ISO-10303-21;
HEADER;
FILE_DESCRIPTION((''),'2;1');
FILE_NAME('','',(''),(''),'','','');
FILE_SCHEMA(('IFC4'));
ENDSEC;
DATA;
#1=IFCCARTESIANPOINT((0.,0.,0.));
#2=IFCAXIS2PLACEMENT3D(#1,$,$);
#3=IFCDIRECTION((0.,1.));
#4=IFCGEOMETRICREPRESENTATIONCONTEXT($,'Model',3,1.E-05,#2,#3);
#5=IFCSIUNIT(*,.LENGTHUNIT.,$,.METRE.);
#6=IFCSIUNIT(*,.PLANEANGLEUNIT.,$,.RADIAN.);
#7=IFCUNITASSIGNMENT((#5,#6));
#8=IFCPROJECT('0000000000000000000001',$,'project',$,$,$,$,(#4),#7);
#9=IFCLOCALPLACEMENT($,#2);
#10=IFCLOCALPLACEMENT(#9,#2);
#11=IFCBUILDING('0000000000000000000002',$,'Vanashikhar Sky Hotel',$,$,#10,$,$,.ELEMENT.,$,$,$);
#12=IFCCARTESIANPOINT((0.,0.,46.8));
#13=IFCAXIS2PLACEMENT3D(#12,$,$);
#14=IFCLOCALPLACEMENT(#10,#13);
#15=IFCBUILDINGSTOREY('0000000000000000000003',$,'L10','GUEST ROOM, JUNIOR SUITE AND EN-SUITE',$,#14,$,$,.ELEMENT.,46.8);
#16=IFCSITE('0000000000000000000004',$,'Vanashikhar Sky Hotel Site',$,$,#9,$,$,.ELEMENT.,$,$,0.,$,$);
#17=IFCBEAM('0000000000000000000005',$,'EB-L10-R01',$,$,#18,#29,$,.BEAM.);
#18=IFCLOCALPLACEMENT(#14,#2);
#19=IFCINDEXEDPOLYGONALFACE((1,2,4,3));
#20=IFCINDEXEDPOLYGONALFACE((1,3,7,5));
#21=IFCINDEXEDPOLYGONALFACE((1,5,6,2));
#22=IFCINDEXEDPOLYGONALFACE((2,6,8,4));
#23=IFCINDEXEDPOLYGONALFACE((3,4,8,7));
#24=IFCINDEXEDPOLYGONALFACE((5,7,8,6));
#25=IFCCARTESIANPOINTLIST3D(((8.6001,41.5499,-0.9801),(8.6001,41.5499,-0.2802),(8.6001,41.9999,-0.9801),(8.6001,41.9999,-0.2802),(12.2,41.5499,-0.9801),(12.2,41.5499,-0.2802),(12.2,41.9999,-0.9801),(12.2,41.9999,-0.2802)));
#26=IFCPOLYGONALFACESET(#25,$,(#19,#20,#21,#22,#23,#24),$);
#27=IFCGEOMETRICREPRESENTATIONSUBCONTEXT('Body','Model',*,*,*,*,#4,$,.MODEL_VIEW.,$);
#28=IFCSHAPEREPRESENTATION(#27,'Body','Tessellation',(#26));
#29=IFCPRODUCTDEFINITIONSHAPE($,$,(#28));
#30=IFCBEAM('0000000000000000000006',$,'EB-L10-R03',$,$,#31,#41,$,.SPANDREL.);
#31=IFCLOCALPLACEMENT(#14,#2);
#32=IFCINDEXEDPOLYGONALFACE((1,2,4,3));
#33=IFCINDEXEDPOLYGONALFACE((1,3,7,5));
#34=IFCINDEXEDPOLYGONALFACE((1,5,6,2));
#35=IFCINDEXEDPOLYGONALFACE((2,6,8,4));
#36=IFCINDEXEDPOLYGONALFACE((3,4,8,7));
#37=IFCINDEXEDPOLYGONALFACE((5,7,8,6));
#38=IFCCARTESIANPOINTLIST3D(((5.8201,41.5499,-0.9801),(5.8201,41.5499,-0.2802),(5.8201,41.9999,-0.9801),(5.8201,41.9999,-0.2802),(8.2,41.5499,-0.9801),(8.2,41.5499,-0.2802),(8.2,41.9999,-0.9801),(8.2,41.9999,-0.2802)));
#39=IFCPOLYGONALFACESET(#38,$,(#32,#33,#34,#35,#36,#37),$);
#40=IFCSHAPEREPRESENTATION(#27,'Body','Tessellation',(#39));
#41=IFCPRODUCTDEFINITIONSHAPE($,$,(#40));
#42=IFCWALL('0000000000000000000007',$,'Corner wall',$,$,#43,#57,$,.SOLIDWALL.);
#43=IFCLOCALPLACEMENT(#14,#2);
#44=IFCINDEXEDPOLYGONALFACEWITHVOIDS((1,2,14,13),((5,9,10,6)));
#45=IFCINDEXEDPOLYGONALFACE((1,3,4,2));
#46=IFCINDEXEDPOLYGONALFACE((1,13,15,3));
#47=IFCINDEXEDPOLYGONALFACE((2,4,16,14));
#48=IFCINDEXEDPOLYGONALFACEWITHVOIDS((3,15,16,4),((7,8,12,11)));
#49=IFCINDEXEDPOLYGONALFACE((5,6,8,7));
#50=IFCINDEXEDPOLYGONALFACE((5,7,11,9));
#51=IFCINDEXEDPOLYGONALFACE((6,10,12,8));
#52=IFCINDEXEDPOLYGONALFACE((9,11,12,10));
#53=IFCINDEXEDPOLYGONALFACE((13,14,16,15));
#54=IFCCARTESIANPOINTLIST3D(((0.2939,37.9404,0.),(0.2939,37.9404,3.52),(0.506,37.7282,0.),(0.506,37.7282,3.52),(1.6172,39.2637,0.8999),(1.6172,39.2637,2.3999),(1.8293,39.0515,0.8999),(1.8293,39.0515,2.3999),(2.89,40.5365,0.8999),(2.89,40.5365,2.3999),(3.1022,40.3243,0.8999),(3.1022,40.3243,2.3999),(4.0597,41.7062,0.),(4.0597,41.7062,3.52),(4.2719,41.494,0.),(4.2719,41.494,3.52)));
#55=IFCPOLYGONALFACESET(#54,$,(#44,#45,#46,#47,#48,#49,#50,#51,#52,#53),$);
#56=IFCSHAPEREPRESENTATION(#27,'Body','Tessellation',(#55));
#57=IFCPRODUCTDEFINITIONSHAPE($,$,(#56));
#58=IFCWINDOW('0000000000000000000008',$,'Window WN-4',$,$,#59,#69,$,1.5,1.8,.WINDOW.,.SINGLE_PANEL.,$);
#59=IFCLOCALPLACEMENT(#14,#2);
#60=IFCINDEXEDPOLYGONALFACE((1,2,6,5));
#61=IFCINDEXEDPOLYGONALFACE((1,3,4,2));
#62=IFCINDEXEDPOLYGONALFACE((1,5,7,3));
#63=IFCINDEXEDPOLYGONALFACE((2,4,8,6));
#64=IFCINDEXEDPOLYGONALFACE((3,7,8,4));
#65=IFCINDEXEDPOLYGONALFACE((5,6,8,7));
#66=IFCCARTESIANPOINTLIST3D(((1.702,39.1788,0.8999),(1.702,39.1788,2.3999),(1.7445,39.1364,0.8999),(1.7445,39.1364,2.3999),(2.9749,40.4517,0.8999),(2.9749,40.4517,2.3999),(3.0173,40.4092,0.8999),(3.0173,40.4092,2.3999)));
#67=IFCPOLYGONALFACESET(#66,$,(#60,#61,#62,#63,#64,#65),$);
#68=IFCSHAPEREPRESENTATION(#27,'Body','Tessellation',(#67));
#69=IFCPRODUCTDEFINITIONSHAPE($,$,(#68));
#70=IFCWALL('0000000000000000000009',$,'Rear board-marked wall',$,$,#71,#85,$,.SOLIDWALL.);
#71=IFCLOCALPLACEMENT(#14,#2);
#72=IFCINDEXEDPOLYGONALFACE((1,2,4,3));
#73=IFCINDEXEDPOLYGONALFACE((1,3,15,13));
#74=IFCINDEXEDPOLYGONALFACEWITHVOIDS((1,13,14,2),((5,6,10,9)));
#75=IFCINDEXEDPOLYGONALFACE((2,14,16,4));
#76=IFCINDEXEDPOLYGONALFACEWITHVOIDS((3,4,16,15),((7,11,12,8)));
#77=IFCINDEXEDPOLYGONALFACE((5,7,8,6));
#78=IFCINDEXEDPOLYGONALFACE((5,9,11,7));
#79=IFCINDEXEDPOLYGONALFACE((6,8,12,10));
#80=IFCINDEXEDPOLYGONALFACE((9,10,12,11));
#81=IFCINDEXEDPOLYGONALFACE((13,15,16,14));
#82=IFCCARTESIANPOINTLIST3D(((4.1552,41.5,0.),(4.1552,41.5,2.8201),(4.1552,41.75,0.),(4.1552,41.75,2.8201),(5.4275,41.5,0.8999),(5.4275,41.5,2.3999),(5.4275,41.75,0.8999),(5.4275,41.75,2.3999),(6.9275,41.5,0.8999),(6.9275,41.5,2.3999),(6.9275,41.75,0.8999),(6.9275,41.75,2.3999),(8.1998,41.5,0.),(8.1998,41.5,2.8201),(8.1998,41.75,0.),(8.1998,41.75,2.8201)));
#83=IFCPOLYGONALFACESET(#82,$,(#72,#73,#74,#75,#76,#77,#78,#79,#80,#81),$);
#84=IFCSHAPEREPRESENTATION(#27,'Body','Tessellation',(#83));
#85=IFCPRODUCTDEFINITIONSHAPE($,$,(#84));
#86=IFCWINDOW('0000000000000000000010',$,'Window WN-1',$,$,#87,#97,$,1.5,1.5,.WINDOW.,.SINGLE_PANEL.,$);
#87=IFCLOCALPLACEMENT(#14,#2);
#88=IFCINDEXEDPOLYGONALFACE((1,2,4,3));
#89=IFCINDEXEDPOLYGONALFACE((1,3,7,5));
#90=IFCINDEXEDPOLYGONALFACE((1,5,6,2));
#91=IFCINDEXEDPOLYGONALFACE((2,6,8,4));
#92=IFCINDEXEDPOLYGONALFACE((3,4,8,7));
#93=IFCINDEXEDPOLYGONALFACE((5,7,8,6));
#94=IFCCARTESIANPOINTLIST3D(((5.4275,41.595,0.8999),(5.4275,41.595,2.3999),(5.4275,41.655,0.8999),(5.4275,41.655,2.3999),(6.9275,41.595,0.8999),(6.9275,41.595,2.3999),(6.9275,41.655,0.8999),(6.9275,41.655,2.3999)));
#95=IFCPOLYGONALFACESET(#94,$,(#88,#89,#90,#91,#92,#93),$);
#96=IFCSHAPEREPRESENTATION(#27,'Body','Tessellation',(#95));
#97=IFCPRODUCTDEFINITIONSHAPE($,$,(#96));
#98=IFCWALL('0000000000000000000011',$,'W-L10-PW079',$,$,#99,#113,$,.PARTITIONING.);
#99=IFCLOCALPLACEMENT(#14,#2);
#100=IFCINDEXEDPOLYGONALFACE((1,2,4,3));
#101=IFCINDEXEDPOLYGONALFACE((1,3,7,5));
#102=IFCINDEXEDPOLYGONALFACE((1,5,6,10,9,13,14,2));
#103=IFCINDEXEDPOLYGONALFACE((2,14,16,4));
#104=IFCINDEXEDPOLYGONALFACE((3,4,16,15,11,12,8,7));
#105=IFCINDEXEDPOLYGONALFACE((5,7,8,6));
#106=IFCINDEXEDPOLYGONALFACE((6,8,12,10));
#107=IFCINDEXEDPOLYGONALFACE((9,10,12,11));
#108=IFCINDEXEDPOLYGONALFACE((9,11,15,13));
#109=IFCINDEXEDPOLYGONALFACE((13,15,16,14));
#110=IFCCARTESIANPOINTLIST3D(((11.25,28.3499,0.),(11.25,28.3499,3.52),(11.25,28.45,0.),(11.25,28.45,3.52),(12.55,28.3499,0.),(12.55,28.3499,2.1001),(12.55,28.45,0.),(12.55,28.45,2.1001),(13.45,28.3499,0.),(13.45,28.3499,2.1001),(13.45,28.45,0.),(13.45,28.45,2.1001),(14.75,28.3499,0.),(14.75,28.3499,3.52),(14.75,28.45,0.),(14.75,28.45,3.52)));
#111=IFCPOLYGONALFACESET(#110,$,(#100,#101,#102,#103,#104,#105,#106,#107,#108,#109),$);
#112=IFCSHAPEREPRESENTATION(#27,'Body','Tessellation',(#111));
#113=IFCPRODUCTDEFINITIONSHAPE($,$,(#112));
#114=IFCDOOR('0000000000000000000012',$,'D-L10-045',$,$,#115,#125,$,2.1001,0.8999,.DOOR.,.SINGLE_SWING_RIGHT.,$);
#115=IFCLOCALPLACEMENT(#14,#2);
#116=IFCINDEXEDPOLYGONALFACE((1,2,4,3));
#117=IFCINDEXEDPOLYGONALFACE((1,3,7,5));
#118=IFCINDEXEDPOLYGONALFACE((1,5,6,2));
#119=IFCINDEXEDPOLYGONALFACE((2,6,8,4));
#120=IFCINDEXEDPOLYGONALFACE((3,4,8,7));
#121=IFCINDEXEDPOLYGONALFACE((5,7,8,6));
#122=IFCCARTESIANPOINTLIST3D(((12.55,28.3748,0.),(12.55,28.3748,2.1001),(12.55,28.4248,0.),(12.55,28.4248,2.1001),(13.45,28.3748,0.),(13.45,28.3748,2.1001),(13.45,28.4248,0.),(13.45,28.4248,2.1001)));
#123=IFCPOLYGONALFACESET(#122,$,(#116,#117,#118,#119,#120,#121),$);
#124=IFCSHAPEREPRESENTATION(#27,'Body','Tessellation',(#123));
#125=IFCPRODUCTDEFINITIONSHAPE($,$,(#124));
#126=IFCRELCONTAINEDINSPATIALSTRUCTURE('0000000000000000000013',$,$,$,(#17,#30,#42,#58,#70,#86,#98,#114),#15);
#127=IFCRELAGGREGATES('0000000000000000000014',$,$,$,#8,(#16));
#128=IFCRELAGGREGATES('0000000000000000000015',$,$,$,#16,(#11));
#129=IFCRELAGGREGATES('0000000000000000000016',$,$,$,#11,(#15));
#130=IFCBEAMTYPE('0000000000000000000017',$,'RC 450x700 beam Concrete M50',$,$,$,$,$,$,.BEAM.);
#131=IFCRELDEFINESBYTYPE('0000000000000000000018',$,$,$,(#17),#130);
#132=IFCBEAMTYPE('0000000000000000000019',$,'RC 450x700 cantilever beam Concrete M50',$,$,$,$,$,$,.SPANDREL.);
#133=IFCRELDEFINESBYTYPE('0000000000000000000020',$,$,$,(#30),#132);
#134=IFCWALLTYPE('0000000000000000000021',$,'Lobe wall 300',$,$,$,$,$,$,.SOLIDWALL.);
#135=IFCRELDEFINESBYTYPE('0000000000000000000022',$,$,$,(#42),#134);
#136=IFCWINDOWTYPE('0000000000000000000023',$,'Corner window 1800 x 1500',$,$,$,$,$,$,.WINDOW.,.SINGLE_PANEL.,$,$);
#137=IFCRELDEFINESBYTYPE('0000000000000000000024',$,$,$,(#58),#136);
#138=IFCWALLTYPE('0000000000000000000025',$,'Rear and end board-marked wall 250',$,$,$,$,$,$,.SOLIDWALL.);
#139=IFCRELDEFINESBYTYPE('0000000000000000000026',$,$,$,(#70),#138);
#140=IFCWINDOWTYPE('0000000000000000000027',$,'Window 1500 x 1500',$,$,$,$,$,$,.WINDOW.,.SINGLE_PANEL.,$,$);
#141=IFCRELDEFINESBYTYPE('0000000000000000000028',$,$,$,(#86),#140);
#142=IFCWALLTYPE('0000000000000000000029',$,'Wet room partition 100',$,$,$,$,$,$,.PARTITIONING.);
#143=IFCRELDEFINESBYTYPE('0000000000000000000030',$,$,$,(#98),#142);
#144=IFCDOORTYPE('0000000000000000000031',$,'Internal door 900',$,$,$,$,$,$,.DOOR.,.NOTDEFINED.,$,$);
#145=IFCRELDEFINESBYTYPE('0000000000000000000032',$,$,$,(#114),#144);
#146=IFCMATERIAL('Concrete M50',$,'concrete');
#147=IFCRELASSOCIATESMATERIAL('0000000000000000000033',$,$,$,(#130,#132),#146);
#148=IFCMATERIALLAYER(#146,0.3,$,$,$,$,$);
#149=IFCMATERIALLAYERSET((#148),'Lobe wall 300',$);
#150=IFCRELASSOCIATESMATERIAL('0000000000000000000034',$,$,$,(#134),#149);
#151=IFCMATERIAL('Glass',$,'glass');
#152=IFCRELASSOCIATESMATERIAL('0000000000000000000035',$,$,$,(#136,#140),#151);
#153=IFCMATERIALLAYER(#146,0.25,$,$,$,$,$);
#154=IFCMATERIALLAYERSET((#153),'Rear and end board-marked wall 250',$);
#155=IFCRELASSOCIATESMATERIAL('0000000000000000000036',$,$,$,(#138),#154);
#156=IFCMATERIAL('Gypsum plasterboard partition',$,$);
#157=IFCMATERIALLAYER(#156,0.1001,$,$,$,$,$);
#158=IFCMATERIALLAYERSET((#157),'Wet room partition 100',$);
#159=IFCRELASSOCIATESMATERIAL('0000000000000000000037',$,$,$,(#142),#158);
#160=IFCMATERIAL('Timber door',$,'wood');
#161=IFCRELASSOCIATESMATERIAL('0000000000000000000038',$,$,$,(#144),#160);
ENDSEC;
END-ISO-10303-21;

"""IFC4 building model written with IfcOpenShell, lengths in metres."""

from ifc_helpers import new_model, si_unit, direction, frame, frame_2d, origin, origin_2d, place, context, subcontext, project, spatial, rectangle, extrude, source, transform, mapped, material, layer, layer_set, material_profile, profile_set, type_object, element, fill, save


model = new_model("IFC4")

# Units and contexts
model_context = context("Model", 3, precision=1e-05, world=origin(), true_north=direction((0.0, 1.0)))
body_context = subcontext(model_context, "Body", "Model", "MODEL_VIEW")
ifc_project = project(units=[si_unit("LENGTHUNIT", "METRE"), si_unit("PLANEANGLEUNIT", "RADIAN")], contexts=[model_context])

# Site, building, storey
site_placement = place(None, origin())
site = spatial("IfcSite", under=ifc_project, at=site_placement, Name="Vanashikhar Sky Hotel Site", CompositionType="ELEMENT", RefElevation=0.0)
building_placement = place(site_placement, origin())
building = spatial("IfcBuilding", under=site, at=building_placement, Name="Vanashikhar Sky Hotel", CompositionType="ELEMENT")
storey_placement = place(building_placement, frame((0.0, 0.0, 46.8)))
storey = spatial("IfcBuildingStorey", under=building, at=storey_placement, Name="L10", Description="GUEST ROOM, JUNIOR SUITE AND EN-SUITE", CompositionType="ELEMENT", Elevation=46.8)

# Beams
ifc_material_1 = material(Name="Concrete M50", Category="concrete")
ifc_material_profile_1 = material_profile(ifc_material_1, rectangle(XDim=0.45, YDim=0.7, at=origin_2d()))
ifc_profile_set_1 = profile_set([ifc_material_profile_1], Name="RC 450x700 beam Concrete M50")
beam_type_1 = type_object("IfcBeamType", Name="RC 450x700 beam Concrete M50", PredefinedType="BEAM", material=ifc_profile_set_1)
shared_shape_1 = source(origin(), body_context, "Body", "SweptSolid", [
    extrude(rectangle(XDim=0.45, YDim=0.7, at=origin_2d()), origin(), (0.0, 0.0, 1.0), 3.5999),
])
beam_1_placement = place(storey_placement, frame((8.6001, 41.7749, -0.6301), z_axis=(1.0, 0.0, 0.0), x_axis=(0.0, 1.0, 0.0)))
element("IfcBeam", 1, at=beam_1_placement, inside=storey, type_object=beam_type_1, Name="EB-L10-R01", PredefinedType="BEAM", context=body_context, shape_type="MappedRepresentation", body=[
    mapped(shared_shape_1, transform((0.0, 0.0, 0.0), scale=1.0)),
])
ifc_material_profile_2 = material_profile(ifc_material_1, rectangle(XDim=0.45, YDim=0.7, at=origin_2d()))
ifc_profile_set_2 = profile_set([ifc_material_profile_2], Name="RC 450x700 cantilever beam Concrete M50")
beam_type_2 = type_object("IfcBeamType", Name="RC 450x700 cantilever beam Concrete M50", PredefinedType="SPANDREL", material=ifc_profile_set_2)
shared_shape_2 = source(origin(), body_context, "Body", "SweptSolid", [
    extrude(rectangle(XDim=0.45, YDim=0.7, at=origin_2d()), origin(), (0.0, 0.0, 1.0), 2.3799),
])
beam_2_placement = place(storey_placement, frame((5.8201, 41.7749, -0.6301), z_axis=(1.0, 0.0, 0.0), x_axis=(0.0, 1.0, 0.0)))
element("IfcBeam", 2, at=beam_2_placement, inside=storey, type_object=beam_type_2, Name="EB-L10-R03", PredefinedType="SPANDREL", context=body_context, shape_type="MappedRepresentation", body=[
    mapped(shared_shape_2, transform((0.0, 0.0, 0.0), scale=1.0)),
])

# Walls, openings, windows
ifc_layer_1 = layer(ifc_material_1, 0.3)
ifc_layer_set_1 = layer_set([ifc_layer_1], Name="Lobe wall 300")
wall_type_1 = type_object("IfcWallType", Name="Lobe wall 300", PredefinedType="SOLIDWALL", material=ifc_layer_set_1)
shared_shape_3 = source(origin(), body_context, "Body", "SweptSolid", [
    extrude(rectangle(XDim=5.3257, YDim=0.3, at=frame_2d((2.6628, 0.0))), origin(), (0.0, 0.0, 1.0), 3.52),
])
wall_1_placement = place(storey_placement, frame((4.1658, 41.6001, 0.0), z_axis=(0.0, 0.0, 1.0), x_axis=(-0.707107, -0.707107, 0.0)))
wall_1 = element("IfcWall", 3, at=wall_1_placement, inside=storey, type_object=wall_type_1, Name="Corner wall", PredefinedType="SOLIDWALL", context=body_context, shape_type="MappedRepresentation", body=[
    mapped(shared_shape_3, transform((0.0, 0.0, 0.0), scale=1.0)),
])
shared_shape_4 = source(origin(), body_context, "Body", "SweptSolid", [
    extrude(rectangle(XDim=1.8, YDim=1.5, at=frame_2d((0.8999, 0.75))), frame((0.0, 0.1602, 0.0), z_axis=(0.0, -1.0, 0.0), x_axis=(1.0, 0.0, 0.0)), (0.0, 0.0, 1.0), 0.3201),
])
opening_1_placement = place(wall_1_placement, frame((1.6543, 0.0, 0.8999)))
opening_1 = element("IfcOpeningElement", 4, at=opening_1_placement, cuts=wall_1, PredefinedType="OPENING", context=body_context, shape_type="MappedRepresentation", body=[
    mapped(shared_shape_4, transform((0.0, 0.0, 0.0), scale=1.0)),
])
ifc_material_2 = material(Name="Glass", Category="glass")
window_type_1 = type_object("IfcWindowType", Name="Corner window 1800 x 1500", PartitioningType="SINGLE_PANEL", PredefinedType="WINDOW", material=ifc_material_2)
shared_shape_5 = source(origin(), body_context, "Body", "SweptSolid", [
    extrude(rectangle(XDim=1.8, YDim=1.5, at=frame_2d((0.8999, 0.75))), frame((0.0, 0.03, 0.0), z_axis=(0.0, -1.0, 0.0), x_axis=(1.0, 0.0, 0.0)), (0.0, 0.0, 1.0), 0.0601),
])
window_1_placement = place(opening_1_placement, origin())
window_1 = element("IfcWindow", 5, at=window_1_placement, inside=storey, type_object=window_type_1, Name="Window WN-4", OverallHeight=1.5, OverallWidth=1.8, PartitioningType="SINGLE_PANEL", PredefinedType="WINDOW", context=body_context, shape_type="MappedRepresentation", body=[
    mapped(shared_shape_5, transform((0.0, 0.0, 0.0), scale=1.0)),
])
fill(opening_1, window_1)
ifc_layer_2 = layer(ifc_material_1, 0.25)
ifc_layer_set_2 = layer_set([ifc_layer_2], Name="Rear and end board-marked wall 250")
wall_type_2 = type_object("IfcWallType", Name="Rear and end board-marked wall 250", PredefinedType="SOLIDWALL", material=ifc_layer_set_2)
shared_shape_6 = source(origin(), body_context, "Body", "SweptSolid", [
    extrude(rectangle(XDim=4.0447, YDim=0.25, at=frame_2d((2.0225, 0.0))), origin(), (0.0, 0.0, 1.0), 2.8201),
])
wall_2_placement = place(storey_placement, frame((8.2, 41.625, 0.0), z_axis=(0.0, 0.0, 1.0), x_axis=(-1.0, 0.0, 0.0)))
wall_2 = element("IfcWall", 6, at=wall_2_placement, inside=storey, type_object=wall_type_2, Name="Rear board-marked wall", PredefinedType="SOLIDWALL", context=body_context, shape_type="MappedRepresentation", body=[
    mapped(shared_shape_6, transform((0.0, 0.0, 0.0), scale=1.0)),
])
shared_shape_7 = source(origin(), body_context, "Body", "SweptSolid", [
    extrude(rectangle(XDim=1.5, YDim=1.5, at=frame_2d((0.75, 0.75))), frame((0.0, 0.135, 0.0), z_axis=(0.0, -1.0, 0.0), x_axis=(1.0, 0.0, 0.0)), (0.0, 0.0, 1.0), 0.27),
])
opening_2_placement = place(wall_2_placement, frame((1.2725, 0.0, 0.8999)))
opening_2 = element("IfcOpeningElement", 7, at=opening_2_placement, cuts=wall_2, PredefinedType="OPENING", context=body_context, shape_type="MappedRepresentation", body=[
    mapped(shared_shape_7, transform((0.0, 0.0, 0.0), scale=1.0)),
])
window_type_2 = type_object("IfcWindowType", Name="Window 1500 x 1500", PartitioningType="SINGLE_PANEL", PredefinedType="WINDOW", material=ifc_material_2)
shared_shape_8 = source(origin(), body_context, "Body", "SweptSolid", [
    extrude(rectangle(XDim=1.5, YDim=1.5, at=frame_2d((0.75, 0.75))), frame((0.0, 0.03, 0.0), z_axis=(0.0, -1.0, 0.0), x_axis=(1.0, 0.0, 0.0)), (0.0, 0.0, 1.0), 0.0601),
])
window_2_placement = place(opening_2_placement, origin())
window_2 = element("IfcWindow", 8, at=window_2_placement, inside=storey, type_object=window_type_2, Name="Window WN-1", OverallHeight=1.5, OverallWidth=1.5, PartitioningType="SINGLE_PANEL", PredefinedType="WINDOW", context=body_context, shape_type="MappedRepresentation", body=[
    mapped(shared_shape_8, transform((0.0, 0.0, 0.0), scale=1.0)),
])
fill(opening_2, window_2)

# Wall, opening, door
ifc_material_3 = material(Name="Gypsum plasterboard partition")
ifc_layer_3 = layer(ifc_material_3, 0.1001)
ifc_layer_set_3 = layer_set([ifc_layer_3], Name="Wet room partition 100")
wall_type_3 = type_object("IfcWallType", Name="Wet room partition 100", PredefinedType="PARTITIONING", material=ifc_layer_set_3)
shared_shape_9 = source(origin(), body_context, "Body", "SweptSolid", [
    extrude(rectangle(XDim=3.5, YDim=0.1001, at=frame_2d((1.75, 0.0))), origin(), (0.0, 0.0, 1.0), 3.52),
])
wall_3_placement = place(storey_placement, frame((11.25, 28.3999, 0.0), z_axis=(0.0, 0.0, 1.0), x_axis=(1.0, 0.0, 0.0)))
wall_3 = element("IfcWall", 9, at=wall_3_placement, inside=storey, type_object=wall_type_3, Name="W-L10-PW079", PredefinedType="PARTITIONING", context=body_context, shape_type="MappedRepresentation", body=[
    mapped(shared_shape_9, transform((0.0, 0.0, 0.0), scale=1.0)),
])
shared_shape_10 = source(origin(), body_context, "Body", "SweptSolid", [
    extrude(rectangle(XDim=0.8999, YDim=2.1001, at=frame_2d((0.45, 1.05))), frame((0.0, 0.0601, 0.0), z_axis=(0.0, -1.0, 0.0), x_axis=(1.0, 0.0, 0.0)), (0.0, 0.0, 1.0), 0.1201),
])
opening_3_placement = place(wall_3_placement, frame((1.3, 0.0, 0.0)))
opening_3 = element("IfcOpeningElement", 10, at=opening_3_placement, cuts=wall_3, PredefinedType="OPENING", context=body_context, shape_type="MappedRepresentation", body=[
    mapped(shared_shape_10, transform((0.0, 0.0, 0.0), scale=1.0)),
])
ifc_material_4 = material(Name="Timber door", Category="wood")
door_type_1 = type_object("IfcDoorType", Name="Internal door 900", OperationType="NOTDEFINED", PredefinedType="DOOR", material=ifc_material_4)
shared_shape_11 = source(origin(), body_context, "Body", "SweptSolid", [
    extrude(rectangle(XDim=0.8999, YDim=2.1001, at=frame_2d((0.45, 1.05))), frame((0.0, 0.0249, 0.0), z_axis=(0.0, -1.0, 0.0), x_axis=(1.0, 0.0, 0.0)), (0.0, 0.0, 1.0), 0.05),
])
door_1_placement = place(opening_3_placement, origin())
door_1 = element("IfcDoor", 11, at=door_1_placement, inside=storey, type_object=door_type_1, Name="D-L10-045", OperationType="SINGLE_SWING_RIGHT", OverallHeight=2.1001, OverallWidth=0.8999, PredefinedType="DOOR", context=body_context, shape_type="MappedRepresentation", body=[
    mapped(shared_shape_11, transform((0.0, 0.0, 0.0), scale=1.0)),
])
fill(opening_3, door_1)

save(model, "model.ifc")
